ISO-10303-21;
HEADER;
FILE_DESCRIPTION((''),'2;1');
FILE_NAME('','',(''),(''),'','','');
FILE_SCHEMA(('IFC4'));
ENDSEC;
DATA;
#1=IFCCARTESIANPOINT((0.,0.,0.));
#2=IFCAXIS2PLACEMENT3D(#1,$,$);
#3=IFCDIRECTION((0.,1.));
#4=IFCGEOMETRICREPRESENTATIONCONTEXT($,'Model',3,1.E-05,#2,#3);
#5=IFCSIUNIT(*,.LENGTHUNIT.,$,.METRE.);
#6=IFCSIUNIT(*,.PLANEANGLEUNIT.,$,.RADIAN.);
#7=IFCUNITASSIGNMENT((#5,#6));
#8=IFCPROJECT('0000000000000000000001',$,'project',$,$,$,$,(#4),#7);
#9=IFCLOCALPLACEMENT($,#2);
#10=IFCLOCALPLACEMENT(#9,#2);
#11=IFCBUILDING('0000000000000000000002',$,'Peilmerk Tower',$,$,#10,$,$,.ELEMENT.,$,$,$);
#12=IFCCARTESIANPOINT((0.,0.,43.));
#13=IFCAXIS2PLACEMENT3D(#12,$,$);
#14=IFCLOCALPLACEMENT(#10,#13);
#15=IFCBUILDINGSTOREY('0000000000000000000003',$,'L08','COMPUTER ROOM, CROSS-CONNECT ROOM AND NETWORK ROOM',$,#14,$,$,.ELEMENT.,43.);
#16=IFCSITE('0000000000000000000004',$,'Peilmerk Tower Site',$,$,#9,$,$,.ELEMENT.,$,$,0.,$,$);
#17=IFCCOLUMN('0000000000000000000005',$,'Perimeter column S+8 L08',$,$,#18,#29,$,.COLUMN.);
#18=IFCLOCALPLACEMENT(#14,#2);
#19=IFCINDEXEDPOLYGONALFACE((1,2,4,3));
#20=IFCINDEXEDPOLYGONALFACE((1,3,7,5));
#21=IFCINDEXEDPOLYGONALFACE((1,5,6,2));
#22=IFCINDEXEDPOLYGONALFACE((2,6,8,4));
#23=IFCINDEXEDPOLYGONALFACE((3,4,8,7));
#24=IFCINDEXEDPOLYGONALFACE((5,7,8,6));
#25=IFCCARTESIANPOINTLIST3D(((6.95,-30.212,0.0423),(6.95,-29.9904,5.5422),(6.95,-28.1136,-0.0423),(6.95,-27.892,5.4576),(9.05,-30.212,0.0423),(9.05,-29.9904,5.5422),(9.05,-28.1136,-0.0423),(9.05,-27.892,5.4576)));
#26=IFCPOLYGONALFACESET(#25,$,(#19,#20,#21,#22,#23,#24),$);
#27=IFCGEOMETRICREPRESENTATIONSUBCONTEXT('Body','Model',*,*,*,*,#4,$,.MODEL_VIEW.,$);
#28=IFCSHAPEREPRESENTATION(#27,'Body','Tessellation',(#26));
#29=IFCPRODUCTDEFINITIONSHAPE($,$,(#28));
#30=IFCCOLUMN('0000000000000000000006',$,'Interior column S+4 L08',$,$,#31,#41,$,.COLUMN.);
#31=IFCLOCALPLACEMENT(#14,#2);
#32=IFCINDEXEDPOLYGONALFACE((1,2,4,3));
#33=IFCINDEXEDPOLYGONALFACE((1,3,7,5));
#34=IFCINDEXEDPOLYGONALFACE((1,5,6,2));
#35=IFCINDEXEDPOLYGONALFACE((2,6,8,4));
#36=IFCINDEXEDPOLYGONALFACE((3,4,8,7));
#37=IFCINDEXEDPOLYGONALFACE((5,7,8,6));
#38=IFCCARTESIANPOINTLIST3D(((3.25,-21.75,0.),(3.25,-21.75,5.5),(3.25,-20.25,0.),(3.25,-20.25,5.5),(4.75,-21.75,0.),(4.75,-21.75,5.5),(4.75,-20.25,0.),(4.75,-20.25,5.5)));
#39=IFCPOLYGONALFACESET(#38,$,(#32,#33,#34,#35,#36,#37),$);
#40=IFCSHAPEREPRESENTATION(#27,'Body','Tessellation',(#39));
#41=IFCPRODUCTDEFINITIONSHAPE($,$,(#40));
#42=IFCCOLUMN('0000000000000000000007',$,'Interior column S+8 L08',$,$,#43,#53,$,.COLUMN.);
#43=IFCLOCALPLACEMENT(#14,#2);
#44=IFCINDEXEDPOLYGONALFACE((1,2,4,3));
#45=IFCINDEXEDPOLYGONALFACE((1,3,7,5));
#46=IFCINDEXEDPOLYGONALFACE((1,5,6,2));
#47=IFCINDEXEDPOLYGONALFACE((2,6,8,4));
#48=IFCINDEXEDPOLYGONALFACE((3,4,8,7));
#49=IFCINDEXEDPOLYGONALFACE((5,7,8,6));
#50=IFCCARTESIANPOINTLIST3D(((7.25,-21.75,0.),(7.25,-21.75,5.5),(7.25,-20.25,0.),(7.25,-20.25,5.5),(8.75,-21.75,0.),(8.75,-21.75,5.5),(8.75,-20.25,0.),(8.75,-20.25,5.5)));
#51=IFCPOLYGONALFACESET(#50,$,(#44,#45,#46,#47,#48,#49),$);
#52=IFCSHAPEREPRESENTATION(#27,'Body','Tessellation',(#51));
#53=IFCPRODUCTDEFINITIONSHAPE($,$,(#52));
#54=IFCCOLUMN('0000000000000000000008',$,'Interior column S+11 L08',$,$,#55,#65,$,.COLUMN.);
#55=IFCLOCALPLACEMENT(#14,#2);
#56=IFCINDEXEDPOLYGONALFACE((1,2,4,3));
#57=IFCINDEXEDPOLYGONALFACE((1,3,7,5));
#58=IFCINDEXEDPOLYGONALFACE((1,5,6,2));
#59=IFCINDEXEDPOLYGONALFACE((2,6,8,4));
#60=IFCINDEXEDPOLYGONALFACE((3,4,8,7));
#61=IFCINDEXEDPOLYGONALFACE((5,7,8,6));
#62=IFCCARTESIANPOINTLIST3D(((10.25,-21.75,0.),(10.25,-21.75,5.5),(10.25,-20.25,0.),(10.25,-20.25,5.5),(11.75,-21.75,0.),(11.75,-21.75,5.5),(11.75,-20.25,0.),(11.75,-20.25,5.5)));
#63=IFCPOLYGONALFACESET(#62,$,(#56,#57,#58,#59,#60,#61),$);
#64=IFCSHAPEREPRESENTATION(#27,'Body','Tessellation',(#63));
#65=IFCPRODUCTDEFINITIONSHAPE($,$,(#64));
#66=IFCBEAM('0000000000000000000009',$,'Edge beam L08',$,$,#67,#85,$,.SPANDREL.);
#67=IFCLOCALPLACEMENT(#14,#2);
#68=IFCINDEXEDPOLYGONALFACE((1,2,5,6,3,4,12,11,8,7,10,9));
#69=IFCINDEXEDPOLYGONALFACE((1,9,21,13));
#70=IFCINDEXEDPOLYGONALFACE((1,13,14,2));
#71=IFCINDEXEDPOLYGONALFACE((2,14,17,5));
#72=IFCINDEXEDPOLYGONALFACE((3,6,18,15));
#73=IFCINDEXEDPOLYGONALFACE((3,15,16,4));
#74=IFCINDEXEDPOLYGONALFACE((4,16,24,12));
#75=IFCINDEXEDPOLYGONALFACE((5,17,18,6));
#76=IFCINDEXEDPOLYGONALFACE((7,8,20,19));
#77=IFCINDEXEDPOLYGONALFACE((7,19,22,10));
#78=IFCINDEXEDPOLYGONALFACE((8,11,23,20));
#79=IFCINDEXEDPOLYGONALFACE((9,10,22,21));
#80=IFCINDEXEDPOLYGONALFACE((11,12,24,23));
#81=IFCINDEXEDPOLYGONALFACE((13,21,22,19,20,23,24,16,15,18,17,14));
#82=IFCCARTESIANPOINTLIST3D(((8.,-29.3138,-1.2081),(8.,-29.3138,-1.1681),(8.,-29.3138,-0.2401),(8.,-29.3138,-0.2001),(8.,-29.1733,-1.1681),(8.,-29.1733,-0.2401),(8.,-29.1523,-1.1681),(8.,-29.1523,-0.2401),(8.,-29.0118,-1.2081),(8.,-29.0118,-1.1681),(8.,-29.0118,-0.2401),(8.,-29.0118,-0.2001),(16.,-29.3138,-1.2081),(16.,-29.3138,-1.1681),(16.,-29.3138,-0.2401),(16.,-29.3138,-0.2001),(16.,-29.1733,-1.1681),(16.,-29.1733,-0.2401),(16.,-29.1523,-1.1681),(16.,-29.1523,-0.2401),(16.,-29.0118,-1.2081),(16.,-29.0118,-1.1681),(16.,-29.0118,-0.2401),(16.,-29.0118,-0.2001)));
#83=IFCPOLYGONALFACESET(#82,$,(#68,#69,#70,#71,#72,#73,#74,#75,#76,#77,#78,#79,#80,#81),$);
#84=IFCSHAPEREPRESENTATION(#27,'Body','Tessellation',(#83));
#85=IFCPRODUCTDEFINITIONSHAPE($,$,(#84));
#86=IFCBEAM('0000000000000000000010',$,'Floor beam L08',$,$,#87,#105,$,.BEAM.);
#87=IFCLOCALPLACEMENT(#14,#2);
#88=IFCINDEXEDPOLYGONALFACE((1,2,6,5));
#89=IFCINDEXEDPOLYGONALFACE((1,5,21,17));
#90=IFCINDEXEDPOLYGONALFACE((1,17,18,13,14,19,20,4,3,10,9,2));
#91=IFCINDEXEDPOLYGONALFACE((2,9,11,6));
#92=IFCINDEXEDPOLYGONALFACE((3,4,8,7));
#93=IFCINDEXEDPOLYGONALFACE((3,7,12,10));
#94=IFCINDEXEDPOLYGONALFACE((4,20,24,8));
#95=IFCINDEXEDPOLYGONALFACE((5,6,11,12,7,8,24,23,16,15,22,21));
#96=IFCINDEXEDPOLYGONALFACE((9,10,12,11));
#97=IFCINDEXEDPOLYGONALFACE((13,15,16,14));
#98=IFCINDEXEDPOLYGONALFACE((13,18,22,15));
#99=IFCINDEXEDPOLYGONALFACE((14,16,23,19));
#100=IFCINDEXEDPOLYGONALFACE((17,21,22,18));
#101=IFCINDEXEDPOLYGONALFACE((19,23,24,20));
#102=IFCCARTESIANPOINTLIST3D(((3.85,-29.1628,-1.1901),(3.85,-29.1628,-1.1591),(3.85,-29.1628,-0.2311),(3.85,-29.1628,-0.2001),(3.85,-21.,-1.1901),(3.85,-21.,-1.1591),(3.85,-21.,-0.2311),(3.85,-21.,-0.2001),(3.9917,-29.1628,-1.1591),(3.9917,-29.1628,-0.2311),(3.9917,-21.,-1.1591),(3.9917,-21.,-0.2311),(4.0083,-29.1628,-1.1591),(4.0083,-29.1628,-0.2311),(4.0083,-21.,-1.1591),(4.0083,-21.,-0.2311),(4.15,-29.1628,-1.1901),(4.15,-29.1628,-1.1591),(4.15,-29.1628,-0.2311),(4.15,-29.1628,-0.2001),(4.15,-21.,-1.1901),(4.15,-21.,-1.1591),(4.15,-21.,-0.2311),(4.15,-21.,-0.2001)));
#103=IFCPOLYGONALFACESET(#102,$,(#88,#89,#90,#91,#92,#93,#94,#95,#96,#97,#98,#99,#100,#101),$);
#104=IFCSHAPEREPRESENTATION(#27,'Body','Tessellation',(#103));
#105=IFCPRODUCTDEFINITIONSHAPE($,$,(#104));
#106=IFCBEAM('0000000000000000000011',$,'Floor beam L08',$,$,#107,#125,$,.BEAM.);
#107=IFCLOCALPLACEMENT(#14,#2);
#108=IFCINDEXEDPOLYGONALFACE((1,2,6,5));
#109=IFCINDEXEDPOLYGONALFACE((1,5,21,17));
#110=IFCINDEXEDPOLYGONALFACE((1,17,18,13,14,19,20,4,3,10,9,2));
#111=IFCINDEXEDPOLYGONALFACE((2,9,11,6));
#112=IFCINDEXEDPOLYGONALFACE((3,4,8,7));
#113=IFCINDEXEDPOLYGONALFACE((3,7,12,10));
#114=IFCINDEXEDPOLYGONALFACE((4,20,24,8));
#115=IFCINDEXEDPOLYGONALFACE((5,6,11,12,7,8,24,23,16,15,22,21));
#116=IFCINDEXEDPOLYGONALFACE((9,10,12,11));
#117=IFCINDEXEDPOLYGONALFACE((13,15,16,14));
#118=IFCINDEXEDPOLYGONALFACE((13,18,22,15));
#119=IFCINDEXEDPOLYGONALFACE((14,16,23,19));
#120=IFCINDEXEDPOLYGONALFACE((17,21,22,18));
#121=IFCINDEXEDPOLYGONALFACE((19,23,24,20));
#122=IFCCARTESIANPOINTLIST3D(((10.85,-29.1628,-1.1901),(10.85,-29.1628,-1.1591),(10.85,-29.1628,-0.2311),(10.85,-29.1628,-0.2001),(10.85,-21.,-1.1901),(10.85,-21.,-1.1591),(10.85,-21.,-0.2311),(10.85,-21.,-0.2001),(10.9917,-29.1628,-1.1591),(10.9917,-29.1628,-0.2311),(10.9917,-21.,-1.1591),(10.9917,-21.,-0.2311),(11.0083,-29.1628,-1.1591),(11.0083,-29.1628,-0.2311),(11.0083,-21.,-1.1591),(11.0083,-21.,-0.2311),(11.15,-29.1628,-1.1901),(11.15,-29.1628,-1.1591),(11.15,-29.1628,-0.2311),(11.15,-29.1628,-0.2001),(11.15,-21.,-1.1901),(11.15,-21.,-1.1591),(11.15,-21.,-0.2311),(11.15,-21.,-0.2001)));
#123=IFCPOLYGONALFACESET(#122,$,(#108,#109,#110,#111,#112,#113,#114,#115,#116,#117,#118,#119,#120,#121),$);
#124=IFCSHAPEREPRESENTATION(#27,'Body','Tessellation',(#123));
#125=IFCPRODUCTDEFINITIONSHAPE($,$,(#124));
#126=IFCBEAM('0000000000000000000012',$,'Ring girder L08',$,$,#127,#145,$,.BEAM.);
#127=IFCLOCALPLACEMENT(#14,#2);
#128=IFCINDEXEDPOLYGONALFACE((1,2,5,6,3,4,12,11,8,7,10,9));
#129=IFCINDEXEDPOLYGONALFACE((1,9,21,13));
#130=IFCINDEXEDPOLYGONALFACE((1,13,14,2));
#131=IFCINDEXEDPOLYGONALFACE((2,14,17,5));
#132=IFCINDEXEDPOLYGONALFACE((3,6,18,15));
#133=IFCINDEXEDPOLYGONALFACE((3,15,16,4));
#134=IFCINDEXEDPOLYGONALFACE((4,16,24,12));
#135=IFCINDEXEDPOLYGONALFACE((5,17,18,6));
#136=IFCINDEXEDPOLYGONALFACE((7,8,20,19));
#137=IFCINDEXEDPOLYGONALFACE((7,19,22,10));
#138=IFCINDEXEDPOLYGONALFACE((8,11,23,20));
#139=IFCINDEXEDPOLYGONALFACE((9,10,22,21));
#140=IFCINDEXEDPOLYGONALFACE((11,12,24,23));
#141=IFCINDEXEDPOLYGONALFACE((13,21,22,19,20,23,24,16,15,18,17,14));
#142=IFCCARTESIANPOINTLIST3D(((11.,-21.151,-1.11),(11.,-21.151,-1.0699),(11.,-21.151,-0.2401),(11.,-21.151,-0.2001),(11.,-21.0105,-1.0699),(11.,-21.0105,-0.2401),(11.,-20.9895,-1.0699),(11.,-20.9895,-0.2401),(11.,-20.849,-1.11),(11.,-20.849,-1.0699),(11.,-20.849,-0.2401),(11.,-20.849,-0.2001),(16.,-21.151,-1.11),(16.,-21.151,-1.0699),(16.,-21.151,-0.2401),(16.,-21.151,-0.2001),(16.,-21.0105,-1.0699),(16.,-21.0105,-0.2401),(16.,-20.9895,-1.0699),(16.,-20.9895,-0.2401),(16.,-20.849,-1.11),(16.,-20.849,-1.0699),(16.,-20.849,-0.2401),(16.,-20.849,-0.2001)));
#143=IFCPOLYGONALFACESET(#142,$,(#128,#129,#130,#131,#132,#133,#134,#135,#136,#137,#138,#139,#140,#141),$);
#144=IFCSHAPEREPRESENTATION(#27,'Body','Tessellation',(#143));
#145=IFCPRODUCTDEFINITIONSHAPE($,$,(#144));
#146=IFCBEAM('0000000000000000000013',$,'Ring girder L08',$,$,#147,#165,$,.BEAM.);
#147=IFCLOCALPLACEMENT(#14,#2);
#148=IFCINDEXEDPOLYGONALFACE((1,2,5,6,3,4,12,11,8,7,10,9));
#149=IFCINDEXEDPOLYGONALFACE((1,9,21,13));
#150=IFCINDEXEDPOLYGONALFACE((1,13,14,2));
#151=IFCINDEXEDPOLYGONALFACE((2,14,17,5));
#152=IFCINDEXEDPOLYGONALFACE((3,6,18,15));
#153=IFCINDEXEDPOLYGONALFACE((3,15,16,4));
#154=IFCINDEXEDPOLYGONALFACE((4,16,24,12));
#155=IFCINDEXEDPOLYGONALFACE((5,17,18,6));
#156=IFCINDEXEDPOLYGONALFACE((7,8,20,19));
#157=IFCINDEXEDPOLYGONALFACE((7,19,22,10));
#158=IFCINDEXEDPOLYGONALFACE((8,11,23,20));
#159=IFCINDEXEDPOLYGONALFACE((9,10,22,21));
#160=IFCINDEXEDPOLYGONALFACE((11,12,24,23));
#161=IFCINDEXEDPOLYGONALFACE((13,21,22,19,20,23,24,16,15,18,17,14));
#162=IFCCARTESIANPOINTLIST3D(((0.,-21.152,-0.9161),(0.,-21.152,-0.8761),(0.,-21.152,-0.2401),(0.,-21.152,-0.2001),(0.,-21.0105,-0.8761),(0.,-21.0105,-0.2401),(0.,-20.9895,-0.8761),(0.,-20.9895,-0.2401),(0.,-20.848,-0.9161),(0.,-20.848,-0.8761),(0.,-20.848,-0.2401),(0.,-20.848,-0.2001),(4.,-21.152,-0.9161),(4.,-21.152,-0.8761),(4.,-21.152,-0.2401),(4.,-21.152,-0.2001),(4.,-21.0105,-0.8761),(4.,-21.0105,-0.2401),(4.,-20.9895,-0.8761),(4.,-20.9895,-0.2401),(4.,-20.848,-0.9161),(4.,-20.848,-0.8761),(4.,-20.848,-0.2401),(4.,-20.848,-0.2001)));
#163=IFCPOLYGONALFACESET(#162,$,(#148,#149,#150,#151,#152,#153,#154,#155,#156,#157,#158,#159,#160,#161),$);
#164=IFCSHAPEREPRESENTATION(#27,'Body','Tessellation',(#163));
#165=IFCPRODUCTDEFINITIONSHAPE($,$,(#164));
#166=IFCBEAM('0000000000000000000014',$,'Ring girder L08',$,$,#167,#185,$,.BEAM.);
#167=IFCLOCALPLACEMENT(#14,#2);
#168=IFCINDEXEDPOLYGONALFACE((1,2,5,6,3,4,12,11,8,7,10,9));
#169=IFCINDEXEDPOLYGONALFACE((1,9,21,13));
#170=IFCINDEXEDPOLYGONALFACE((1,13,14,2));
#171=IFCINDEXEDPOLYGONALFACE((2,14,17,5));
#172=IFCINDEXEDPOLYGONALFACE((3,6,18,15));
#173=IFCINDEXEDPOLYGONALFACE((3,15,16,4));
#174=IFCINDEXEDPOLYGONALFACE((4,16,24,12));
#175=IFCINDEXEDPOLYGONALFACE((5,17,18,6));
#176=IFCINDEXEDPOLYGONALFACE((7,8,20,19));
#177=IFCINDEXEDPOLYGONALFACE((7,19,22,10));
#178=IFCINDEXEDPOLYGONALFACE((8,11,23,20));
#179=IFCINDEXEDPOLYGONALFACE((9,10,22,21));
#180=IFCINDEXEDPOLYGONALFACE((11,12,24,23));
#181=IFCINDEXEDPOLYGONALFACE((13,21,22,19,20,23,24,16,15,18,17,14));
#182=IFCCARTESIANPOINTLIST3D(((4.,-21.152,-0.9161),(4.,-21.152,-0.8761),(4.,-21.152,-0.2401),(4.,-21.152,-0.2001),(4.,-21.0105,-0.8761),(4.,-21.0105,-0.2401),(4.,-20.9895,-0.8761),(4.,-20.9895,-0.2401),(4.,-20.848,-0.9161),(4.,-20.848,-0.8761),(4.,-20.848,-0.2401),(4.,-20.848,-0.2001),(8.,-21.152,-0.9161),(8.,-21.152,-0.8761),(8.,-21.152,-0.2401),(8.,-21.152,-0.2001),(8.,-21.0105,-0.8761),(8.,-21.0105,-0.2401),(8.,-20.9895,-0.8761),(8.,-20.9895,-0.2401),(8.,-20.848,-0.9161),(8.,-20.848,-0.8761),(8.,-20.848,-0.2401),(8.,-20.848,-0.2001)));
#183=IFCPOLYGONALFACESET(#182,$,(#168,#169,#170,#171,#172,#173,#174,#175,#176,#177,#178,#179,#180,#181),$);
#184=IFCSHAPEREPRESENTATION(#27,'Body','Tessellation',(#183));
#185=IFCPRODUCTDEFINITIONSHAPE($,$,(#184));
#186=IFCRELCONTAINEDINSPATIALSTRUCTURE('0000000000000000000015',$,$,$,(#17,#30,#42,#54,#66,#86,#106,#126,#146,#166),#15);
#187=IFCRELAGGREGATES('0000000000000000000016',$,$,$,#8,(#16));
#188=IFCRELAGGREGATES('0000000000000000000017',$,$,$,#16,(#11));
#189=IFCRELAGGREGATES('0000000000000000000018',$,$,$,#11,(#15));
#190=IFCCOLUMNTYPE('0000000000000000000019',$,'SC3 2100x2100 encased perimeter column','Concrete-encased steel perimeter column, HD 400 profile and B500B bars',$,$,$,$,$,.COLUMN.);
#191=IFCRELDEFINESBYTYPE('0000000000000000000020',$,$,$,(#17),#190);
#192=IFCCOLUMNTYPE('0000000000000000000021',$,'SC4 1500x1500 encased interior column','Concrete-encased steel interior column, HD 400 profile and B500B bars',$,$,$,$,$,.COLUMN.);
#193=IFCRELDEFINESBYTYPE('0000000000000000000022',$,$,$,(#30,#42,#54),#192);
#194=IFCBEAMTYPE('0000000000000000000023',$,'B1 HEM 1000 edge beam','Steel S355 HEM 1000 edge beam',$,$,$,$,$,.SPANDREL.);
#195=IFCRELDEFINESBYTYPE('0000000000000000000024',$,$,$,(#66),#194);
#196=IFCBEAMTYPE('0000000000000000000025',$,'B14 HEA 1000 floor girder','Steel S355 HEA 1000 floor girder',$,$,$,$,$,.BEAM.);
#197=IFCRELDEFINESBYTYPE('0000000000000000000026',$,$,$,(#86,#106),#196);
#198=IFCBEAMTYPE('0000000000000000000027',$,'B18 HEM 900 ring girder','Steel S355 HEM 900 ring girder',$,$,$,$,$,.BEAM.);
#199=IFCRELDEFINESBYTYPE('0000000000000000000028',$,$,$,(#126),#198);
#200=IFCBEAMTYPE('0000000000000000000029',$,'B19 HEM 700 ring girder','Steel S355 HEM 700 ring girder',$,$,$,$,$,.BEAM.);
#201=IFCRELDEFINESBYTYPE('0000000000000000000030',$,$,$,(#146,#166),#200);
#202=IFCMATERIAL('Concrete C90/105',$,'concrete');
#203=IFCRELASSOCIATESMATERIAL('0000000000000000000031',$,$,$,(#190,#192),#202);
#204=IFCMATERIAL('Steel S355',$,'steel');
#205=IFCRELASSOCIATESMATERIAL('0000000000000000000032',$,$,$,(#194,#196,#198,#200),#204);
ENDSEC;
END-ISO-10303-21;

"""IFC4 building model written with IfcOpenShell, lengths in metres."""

from ifc_helpers import new_model, si_unit, direction, frame, origin, origin_2d, place, context, subcontext, project, spatial, rectangle, i_section, extrude, material, material_profile, profile_set, type_object, element, save


model = new_model("IFC4")

# Units and contexts
model_context = context("Model", 3, precision=1e-05, world=origin(), true_north=direction((0.0, 1.0)))
body_context = subcontext(model_context, "Body", "Model", "MODEL_VIEW")
ifc_project = project(units=[si_unit("LENGTHUNIT", "METRE"), si_unit("PLANEANGLEUNIT", "RADIAN")], contexts=[model_context])

# Site, building, storey
site_placement = place(None, origin())
site = spatial("IfcSite", under=ifc_project, at=site_placement, Name="Peilmerk Tower Site", CompositionType="ELEMENT", RefElevation=0.0)
building_placement = place(site_placement, origin())
building = spatial("IfcBuilding", under=site, at=building_placement, Name="Peilmerk Tower", CompositionType="ELEMENT")
storey_placement = place(building_placement, frame((0.0, 0.0, 43.0)))
storey = spatial("IfcBuildingStorey", under=building, at=storey_placement, Name="L08", Description="COMPUTER ROOM, CROSS-CONNECT ROOM AND NETWORK ROOM", CompositionType="ELEMENT", Elevation=43.0)

# Columns
ifc_material_1 = material(Name="Concrete C90/105", Category="concrete")
ifc_material_profile_1 = material_profile(ifc_material_1, rectangle(XDim=2.1001, YDim=2.1001, at=origin_2d()), Name="RC 2100x2100")
ifc_profile_set_1 = profile_set([ifc_material_profile_1], Name="Concrete C90/105")
column_type_1 = type_object("IfcColumnType", Name="SC3 2100x2100 encased perimeter column", Description="Concrete-encased steel perimeter column, HD 400 profile and B500B bars", PredefinedType="COLUMN", material=ifc_profile_set_1)
column_placement = place(storey_placement, frame((8.0, -29.1628, 0.0), z_axis=(0.0, 0.040273, 0.999189), x_axis=(-1.0, 0.0, 0.0)))
element("IfcColumn", 1, at=column_placement, inside=storey, type_object=column_type_1, Name="Perimeter column S+8 L08", PredefinedType="COLUMN", context=body_context, shape_type="SweptSolid", body=[
    extrude(rectangle(XDim=2.1001, YDim=2.1001, at=origin_2d()), origin(), (0.0, 0.0, 1.0), 5.5044),
])
ifc_material_profile_2 = material_profile(ifc_material_1, rectangle(XDim=1.5, YDim=1.5, at=origin_2d()), Name="RC 1500x1500")
ifc_profile_set_2 = profile_set([ifc_material_profile_2], Name="Concrete C90/105")
column_type_2 = type_object("IfcColumnType", Name="SC4 1500x1500 encased interior column", Description="Concrete-encased steel interior column, HD 400 profile and B500B bars", PredefinedType="COLUMN", material=ifc_profile_set_2)
for number, where, z_axis, x_axis, name in (
    (2, (4.0, -21.0, 0.0), (0.0, 0.0, 1.0), (1.0, 0.0, 0.0), "Interior column S+4 L08"),
    (3, (8.0, -21.0, 0.0), (0.0, 0.0, 1.0), (1.0, 0.0, 0.0), "Interior column S+8 L08"),
    (4, (11.0, -21.0, 0.0), (0.0, 0.0, 1.0), (1.0, 0.0, 0.0), "Interior column S+11 L08"),
):
    element("IfcColumn", number, at=place(storey_placement, frame(where, z_axis=z_axis, x_axis=x_axis)), inside=storey, type_object=column_type_2, Name=name, PredefinedType="COLUMN", context=body_context, shape_type="SweptSolid", body=[
        extrude(rectangle(XDim=1.5, YDim=1.5, at=origin_2d()), origin(), (0.0, 0.0, 1.0), 5.5),
    ])

# Beams
ifc_material_2 = material(Name="Steel S355", Category="steel")
ifc_material_profile_3 = material_profile(ifc_material_2, i_section(OverallWidth=0.302, OverallDepth=1.0081, WebThickness=0.021, FlangeThickness=0.04, at=origin_2d()), Name="HEM 1000")
ifc_profile_set_3 = profile_set([ifc_material_profile_3], Name="Steel S355")
beam_type_1 = type_object("IfcBeamType", Name="B1 HEM 1000 edge beam", Description="Steel S355 HEM 1000 edge beam", PredefinedType="SPANDREL", material=ifc_profile_set_3)
beam_1_placement = place(storey_placement, frame((8.0, -29.1628, -0.7041), z_axis=(1.0, 0.0, 0.0), x_axis=(0.0, 1.0, 0.0)))
element("IfcBeam", 5, at=beam_1_placement, inside=storey, type_object=beam_type_1, Name="Edge beam L08", PredefinedType="SPANDREL", context=body_context, shape_type="SweptSolid", body=[
    extrude(i_section(OverallWidth=0.302, OverallDepth=1.0081, WebThickness=0.021, FlangeThickness=0.04, at=origin_2d()), origin(), (0.0, 0.0, 1.0), 8.0),
])
ifc_material_profile_4 = material_profile(ifc_material_2, i_section(OverallWidth=0.3, OverallDepth=0.99, WebThickness=0.0166, FlangeThickness=0.031, at=origin_2d()), Name="HEA 1000")
ifc_profile_set_4 = profile_set([ifc_material_profile_4], Name="Steel S355")
beam_type_2 = type_object("IfcBeamType", Name="B14 HEA 1000 floor girder", Description="Steel S355 HEA 1000 floor girder", PredefinedType="BEAM", material=ifc_profile_set_4)
for number, where, z_axis, x_axis, name in (
    (6, (4.0, -21.0, -0.6951), (0.0, -1.0, 0.0), (1.0, 0.0, 0.0), "Floor beam L08"),
    (7, (11.0, -21.0, -0.6951), (0.0, -1.0, 0.0), (1.0, 0.0, 0.0), "Floor beam L08"),
):
    element("IfcBeam", number, at=place(storey_placement, frame(where, z_axis=z_axis, x_axis=x_axis)), inside=storey, type_object=beam_type_2, Name=name, PredefinedType="BEAM", context=body_context, shape_type="SweptSolid", body=[
        extrude(i_section(OverallWidth=0.3, OverallDepth=0.99, WebThickness=0.0166, FlangeThickness=0.031, at=origin_2d()), origin(), (0.0, 0.0, 1.0), 8.1628),
    ])
ifc_material_profile_5 = material_profile(ifc_material_2, i_section(OverallWidth=0.302, OverallDepth=0.9099, WebThickness=0.021, FlangeThickness=0.04, at=origin_2d()), Name="HEM 900")
ifc_profile_set_5 = profile_set([ifc_material_profile_5], Name="Steel S355")
beam_type_3 = type_object("IfcBeamType", Name="B18 HEM 900 ring girder", Description="Steel S355 HEM 900 ring girder", PredefinedType="BEAM", material=ifc_profile_set_5)
beam_2_placement = place(storey_placement, frame((11.0, -21.0, -0.655), z_axis=(1.0, 0.0, 0.0), x_axis=(0.0, 1.0, 0.0)))
element("IfcBeam", 8, at=beam_2_placement, inside=storey, type_object=beam_type_3, Name="Ring girder L08", PredefinedType="BEAM", context=body_context, shape_type="SweptSolid", body=[
    extrude(i_section(OverallWidth=0.302, OverallDepth=0.9099, WebThickness=0.021, FlangeThickness=0.04, at=origin_2d()), origin(), (0.0, 0.0, 1.0), 5.0),
])
ifc_material_profile_6 = material_profile(ifc_material_2, i_section(OverallWidth=0.304, OverallDepth=0.7161, WebThickness=0.021, FlangeThickness=0.04, at=origin_2d()), Name="HEM 700")
ifc_profile_set_6 = profile_set([ifc_material_profile_6], Name="Steel S355")
beam_type_4 = type_object("IfcBeamType", Name="B19 HEM 700 ring girder", Description="Steel S355 HEM 700 ring girder", PredefinedType="BEAM", material=ifc_profile_set_6)
for number, where, z_axis, x_axis, name in (
    (9, (0.0, -21.0, -0.5581), (1.0, 0.0, 0.0), (0.0, 1.0, 0.0), "Ring girder L08"),
    (10, (4.0, -21.0, -0.5581), (1.0, 0.0, 0.0), (0.0, 1.0, 0.0), "Ring girder L08"),
):
    element("IfcBeam", number, at=place(storey_placement, frame(where, z_axis=z_axis, x_axis=x_axis)), inside=storey, type_object=beam_type_4, Name=name, PredefinedType="BEAM", context=body_context, shape_type="SweptSolid", body=[
        extrude(i_section(OverallWidth=0.304, OverallDepth=0.7161, WebThickness=0.021, FlangeThickness=0.04, at=origin_2d()), origin(), (0.0, 0.0, 1.0), 4.0),
    ])

save(model, "model.ifc")
